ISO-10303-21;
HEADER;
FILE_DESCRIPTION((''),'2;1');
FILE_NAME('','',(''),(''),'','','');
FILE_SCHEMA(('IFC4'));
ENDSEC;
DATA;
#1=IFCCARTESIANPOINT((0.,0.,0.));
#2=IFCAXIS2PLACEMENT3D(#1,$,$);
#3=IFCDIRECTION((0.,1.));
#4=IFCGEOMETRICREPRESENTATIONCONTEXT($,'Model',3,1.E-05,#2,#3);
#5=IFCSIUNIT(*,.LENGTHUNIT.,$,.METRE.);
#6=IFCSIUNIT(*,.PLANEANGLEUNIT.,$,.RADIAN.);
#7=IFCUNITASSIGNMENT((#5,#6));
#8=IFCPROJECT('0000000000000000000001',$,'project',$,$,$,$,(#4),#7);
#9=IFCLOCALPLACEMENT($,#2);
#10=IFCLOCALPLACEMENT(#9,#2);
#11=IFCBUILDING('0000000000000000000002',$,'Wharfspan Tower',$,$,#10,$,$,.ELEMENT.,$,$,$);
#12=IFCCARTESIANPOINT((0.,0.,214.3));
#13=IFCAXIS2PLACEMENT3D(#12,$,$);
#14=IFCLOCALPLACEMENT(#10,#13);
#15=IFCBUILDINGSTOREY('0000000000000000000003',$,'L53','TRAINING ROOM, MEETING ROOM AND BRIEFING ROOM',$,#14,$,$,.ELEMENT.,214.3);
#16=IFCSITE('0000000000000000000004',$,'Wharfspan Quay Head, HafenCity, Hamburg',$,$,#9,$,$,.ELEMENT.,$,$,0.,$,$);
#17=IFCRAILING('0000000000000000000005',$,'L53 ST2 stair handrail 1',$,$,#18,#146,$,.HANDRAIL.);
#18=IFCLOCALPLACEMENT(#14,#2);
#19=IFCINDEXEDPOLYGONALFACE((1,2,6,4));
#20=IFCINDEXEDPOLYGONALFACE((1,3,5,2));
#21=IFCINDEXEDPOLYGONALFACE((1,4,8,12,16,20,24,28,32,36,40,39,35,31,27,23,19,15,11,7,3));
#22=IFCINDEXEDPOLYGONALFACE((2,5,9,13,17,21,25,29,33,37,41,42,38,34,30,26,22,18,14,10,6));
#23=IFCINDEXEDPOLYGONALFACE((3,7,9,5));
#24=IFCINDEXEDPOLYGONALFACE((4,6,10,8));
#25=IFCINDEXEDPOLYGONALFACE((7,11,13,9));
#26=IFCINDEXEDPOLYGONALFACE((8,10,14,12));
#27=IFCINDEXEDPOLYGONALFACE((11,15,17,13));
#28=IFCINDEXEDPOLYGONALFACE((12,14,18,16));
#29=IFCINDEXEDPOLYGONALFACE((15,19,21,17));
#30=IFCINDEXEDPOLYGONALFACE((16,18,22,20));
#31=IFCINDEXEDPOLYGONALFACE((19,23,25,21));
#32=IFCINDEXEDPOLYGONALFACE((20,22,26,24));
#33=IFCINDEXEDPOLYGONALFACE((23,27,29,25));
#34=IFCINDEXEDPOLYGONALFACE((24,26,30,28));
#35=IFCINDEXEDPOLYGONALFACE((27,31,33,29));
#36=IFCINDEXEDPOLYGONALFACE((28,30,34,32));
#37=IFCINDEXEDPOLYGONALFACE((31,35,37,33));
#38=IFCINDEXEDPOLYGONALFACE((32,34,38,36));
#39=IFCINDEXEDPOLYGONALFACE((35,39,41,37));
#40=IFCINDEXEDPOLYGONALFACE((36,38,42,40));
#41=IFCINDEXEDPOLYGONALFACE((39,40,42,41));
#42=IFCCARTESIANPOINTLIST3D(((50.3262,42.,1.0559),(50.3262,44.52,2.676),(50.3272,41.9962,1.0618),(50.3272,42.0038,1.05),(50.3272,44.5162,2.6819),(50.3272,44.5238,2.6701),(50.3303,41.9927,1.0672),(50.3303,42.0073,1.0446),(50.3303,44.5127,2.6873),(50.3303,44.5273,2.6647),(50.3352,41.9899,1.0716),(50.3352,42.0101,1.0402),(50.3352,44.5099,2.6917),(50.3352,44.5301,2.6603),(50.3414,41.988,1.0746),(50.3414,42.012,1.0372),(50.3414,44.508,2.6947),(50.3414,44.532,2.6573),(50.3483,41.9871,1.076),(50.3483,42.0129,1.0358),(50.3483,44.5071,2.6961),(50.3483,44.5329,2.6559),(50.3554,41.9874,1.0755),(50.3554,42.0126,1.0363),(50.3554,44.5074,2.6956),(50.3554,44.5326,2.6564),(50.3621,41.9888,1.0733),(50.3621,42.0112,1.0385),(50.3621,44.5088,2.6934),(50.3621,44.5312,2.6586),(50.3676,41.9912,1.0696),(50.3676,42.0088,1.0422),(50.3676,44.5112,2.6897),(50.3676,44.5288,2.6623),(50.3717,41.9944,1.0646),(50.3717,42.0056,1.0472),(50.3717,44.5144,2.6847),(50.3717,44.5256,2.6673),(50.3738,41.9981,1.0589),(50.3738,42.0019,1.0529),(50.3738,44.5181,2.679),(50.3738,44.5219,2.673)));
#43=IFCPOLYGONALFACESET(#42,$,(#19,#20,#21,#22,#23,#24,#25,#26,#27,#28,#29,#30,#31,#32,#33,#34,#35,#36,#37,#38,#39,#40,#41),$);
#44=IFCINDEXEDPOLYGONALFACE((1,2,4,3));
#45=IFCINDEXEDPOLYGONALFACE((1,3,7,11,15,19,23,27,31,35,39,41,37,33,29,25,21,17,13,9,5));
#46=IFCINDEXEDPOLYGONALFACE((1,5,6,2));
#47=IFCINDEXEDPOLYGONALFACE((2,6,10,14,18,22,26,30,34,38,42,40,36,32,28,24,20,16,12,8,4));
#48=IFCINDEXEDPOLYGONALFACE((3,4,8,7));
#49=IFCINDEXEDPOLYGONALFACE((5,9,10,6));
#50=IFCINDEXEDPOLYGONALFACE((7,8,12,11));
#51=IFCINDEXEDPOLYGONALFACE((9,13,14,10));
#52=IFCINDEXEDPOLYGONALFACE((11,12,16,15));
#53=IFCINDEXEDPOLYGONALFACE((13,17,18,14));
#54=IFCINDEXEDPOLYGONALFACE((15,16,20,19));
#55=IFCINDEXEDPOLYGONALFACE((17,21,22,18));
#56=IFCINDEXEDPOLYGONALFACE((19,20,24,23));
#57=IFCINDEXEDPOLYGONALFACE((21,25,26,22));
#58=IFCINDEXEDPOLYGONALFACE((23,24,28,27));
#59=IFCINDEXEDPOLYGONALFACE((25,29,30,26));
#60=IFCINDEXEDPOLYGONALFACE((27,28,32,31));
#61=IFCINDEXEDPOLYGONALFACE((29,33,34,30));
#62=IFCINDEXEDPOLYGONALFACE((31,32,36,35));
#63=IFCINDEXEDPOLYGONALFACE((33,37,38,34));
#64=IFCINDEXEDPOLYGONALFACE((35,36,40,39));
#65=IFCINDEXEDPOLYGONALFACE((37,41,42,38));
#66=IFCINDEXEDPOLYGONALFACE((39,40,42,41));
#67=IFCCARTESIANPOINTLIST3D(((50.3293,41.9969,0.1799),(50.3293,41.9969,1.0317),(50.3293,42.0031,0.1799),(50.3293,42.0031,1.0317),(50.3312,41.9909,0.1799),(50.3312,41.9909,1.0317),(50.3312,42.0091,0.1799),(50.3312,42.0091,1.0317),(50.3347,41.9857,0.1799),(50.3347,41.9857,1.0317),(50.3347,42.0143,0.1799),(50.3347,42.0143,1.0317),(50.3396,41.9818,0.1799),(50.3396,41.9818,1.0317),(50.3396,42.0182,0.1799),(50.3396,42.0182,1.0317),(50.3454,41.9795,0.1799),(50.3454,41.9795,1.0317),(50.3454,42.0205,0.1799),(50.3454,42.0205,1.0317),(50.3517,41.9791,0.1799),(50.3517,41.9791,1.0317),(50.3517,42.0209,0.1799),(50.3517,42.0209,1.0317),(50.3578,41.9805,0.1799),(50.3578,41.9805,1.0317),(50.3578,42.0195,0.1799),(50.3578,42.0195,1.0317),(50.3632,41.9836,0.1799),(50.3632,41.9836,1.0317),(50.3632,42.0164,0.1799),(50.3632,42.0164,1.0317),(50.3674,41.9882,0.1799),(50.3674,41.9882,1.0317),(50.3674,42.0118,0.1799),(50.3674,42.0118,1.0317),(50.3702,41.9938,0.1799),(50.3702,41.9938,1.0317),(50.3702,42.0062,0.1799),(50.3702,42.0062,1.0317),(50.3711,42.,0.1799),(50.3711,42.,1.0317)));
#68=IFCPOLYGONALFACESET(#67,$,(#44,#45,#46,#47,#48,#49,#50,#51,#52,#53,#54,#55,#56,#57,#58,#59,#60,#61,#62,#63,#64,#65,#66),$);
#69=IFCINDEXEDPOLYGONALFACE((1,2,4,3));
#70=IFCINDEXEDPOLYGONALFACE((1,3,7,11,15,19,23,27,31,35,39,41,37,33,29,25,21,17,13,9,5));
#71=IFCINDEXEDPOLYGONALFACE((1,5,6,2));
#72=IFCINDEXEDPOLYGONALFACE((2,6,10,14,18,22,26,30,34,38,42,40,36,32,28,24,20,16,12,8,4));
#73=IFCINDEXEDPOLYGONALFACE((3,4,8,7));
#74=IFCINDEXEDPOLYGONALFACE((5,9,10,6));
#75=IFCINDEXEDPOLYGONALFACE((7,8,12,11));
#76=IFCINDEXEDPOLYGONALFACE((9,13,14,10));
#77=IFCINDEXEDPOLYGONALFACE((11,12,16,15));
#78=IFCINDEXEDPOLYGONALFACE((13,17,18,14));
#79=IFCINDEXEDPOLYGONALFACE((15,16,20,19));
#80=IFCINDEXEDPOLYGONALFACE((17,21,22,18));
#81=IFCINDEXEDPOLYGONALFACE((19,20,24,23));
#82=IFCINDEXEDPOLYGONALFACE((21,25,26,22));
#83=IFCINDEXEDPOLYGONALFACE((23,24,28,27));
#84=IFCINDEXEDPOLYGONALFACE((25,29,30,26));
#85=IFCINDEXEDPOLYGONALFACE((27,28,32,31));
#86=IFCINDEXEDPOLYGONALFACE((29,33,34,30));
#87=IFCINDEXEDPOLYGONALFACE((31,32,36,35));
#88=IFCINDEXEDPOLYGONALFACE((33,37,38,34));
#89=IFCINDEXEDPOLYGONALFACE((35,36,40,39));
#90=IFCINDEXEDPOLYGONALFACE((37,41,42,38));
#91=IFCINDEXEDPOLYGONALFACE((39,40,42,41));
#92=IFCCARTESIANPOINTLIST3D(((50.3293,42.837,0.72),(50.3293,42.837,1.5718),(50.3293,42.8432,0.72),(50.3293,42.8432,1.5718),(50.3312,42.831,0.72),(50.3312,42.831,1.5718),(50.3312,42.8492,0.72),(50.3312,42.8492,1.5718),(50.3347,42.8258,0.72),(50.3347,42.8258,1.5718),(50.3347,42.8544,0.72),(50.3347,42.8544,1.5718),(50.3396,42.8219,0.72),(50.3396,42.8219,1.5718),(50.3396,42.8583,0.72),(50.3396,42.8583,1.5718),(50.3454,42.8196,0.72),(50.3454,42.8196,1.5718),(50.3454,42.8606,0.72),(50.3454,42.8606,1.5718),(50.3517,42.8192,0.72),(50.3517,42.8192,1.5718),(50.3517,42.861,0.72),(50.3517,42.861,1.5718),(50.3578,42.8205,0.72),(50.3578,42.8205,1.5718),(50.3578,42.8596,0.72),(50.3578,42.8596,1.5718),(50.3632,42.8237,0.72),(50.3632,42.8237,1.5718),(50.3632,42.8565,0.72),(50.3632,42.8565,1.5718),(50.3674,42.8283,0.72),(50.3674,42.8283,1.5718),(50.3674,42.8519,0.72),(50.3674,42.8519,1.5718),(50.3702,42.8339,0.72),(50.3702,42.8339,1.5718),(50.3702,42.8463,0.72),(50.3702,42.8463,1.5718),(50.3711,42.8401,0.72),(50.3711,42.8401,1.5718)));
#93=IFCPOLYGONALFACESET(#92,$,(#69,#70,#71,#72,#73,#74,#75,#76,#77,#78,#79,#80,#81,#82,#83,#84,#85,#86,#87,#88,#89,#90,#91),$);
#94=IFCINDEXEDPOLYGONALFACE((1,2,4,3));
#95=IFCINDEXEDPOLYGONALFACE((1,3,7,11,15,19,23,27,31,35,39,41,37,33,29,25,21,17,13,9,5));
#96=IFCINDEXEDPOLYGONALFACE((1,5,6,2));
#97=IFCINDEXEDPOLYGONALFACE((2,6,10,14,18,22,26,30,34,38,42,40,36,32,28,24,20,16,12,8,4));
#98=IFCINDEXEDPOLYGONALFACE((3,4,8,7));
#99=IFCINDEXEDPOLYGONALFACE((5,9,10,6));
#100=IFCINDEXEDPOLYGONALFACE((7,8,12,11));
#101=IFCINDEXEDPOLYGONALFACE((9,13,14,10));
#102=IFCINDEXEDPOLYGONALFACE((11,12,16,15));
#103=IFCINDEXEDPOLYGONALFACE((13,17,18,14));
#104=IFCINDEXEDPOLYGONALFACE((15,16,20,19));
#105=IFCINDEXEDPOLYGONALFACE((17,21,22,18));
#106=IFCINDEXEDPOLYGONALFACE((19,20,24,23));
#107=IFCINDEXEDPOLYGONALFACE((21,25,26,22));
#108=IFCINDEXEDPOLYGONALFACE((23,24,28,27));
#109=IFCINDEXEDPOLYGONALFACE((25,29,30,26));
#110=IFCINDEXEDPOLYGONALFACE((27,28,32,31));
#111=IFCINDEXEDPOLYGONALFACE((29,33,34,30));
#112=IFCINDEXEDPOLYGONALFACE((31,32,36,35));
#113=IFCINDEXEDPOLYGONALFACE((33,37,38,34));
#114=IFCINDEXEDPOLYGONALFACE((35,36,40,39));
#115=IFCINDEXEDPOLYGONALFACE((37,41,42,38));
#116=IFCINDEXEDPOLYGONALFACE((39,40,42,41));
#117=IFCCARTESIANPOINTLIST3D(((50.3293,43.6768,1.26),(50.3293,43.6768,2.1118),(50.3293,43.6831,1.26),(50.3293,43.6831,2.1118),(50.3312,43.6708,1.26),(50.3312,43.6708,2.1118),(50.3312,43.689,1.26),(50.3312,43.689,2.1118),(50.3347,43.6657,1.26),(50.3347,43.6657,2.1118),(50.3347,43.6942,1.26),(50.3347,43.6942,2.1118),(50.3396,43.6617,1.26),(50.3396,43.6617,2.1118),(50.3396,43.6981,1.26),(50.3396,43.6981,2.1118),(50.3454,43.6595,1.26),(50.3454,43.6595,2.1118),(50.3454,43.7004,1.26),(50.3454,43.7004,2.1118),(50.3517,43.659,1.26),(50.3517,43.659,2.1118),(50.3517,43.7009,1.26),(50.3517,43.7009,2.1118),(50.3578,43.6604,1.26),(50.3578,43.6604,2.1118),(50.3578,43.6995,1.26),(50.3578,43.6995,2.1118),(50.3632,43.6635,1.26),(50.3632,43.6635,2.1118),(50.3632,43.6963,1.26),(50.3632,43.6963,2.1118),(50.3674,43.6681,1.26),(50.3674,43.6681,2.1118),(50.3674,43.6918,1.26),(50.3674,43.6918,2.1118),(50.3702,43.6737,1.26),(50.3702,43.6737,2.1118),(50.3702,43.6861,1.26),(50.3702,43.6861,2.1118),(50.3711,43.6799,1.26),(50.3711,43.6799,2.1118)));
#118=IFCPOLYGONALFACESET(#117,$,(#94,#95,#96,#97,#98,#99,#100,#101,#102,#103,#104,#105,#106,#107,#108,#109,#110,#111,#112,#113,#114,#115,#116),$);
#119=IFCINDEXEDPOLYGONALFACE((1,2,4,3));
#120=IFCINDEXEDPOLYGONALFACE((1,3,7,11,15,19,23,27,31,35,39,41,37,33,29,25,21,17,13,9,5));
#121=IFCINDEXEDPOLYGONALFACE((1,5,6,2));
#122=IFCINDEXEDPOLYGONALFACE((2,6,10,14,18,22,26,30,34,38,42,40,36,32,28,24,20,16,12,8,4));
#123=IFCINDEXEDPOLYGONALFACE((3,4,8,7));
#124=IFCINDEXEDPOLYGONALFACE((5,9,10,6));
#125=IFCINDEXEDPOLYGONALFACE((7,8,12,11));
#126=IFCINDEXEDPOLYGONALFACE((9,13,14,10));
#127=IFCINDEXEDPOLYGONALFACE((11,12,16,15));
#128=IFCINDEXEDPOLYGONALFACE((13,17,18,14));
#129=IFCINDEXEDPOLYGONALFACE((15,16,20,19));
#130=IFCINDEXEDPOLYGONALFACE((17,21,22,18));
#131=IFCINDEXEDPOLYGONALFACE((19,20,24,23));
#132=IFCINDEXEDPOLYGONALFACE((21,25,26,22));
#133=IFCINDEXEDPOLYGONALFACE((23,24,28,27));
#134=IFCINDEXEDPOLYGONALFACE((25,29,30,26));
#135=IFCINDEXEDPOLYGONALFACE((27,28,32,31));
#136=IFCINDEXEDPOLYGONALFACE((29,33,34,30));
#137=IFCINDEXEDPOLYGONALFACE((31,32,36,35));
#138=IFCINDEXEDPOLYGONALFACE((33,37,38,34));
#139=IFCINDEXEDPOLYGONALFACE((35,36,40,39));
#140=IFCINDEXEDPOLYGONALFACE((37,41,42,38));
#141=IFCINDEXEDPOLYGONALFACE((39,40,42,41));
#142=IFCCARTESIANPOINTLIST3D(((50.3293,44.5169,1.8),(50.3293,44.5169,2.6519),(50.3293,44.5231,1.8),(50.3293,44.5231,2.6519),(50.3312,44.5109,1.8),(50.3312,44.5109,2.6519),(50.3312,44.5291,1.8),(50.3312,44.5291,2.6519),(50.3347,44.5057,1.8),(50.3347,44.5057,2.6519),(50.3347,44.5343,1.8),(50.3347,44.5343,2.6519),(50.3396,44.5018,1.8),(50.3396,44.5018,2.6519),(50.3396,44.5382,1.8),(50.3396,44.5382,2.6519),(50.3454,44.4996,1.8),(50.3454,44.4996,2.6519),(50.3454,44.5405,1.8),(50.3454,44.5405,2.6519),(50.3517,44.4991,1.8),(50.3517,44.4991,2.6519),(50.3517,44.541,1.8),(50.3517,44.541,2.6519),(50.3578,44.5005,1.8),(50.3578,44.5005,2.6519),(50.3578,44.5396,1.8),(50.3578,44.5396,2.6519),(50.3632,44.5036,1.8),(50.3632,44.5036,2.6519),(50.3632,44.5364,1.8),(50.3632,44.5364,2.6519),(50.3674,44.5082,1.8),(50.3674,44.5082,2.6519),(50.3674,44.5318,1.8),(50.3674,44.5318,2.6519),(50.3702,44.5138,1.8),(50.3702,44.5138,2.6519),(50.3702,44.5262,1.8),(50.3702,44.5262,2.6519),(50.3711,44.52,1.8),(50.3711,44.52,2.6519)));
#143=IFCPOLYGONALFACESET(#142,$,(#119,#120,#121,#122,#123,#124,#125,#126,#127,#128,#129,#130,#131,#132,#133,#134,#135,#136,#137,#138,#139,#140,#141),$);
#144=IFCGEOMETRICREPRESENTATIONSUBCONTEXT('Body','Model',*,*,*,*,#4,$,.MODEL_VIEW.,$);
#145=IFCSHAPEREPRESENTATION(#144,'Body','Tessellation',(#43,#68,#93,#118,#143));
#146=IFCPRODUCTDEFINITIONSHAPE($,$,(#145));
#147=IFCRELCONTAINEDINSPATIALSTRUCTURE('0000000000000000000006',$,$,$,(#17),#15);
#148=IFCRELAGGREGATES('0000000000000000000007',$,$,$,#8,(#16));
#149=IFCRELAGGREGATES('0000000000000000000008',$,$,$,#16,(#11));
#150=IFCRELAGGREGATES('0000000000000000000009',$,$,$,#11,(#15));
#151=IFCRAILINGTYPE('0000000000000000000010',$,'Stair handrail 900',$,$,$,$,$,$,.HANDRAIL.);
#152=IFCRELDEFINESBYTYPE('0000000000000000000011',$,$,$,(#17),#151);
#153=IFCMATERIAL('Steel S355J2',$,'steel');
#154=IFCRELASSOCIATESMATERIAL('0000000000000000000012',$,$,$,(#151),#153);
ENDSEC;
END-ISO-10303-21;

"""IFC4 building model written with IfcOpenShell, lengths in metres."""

from ifc_helpers import new_model, si_unit, direction, frame, origin, origin_2d, place, context, subcontext, project, spatial, circle, extrude, material, type_object, element, save


model = new_model("IFC4")

# Units and contexts
model_context = context("Model", 3, precision=1e-05, world=origin(), true_north=direction((0.0, 1.0)))
body_context = subcontext(model_context, "Body", "Model", "MODEL_VIEW")
ifc_project = project(units=[si_unit("LENGTHUNIT", "METRE"), si_unit("PLANEANGLEUNIT", "RADIAN")], contexts=[model_context])

# Site, building, storey
site_placement = place(None, origin())
site = spatial("IfcSite", under=ifc_project, at=site_placement, Name="Wharfspan Quay Head, HafenCity, Hamburg", CompositionType="ELEMENT", RefElevation=0.0)
building_placement = place(site_placement, origin())
building = spatial("IfcBuilding", under=site, at=building_placement, Name="Wharfspan Tower", CompositionType="ELEMENT")
storey_placement = place(building_placement, frame((0.0, 0.0, 214.3)))
storey = spatial("IfcBuildingStorey", under=building, at=storey_placement, Name="L53", Description="TRAINING ROOM, MEETING ROOM AND BRIEFING ROOM", CompositionType="ELEMENT", Elevation=214.3)

# Shared definitions
ifc_material_1 = material(Name="Steel S355J2", Category="steel")

# Railing
railing_type_1 = type_object("IfcRailingType", Name="Stair handrail 900", PredefinedType="HANDRAIL", material=ifc_material_1)
railing_1_placement = place(storey_placement, frame((50.3501, 42.0, 0.1799)))
element("IfcRailing", 1, at=railing_1_placement, inside=storey, type_object=railing_type_1, Name="L53 ST2 stair handrail 1", PredefinedType="HANDRAIL", context=body_context, shape_type="SweptSolid", body=[
    extrude(circle(Radius=0.0239, at=origin_2d()), frame((0.0, 0.0, 0.876), z_axis=(0.0, 0.841163, 0.540782), x_axis=(-1.0, 0.0, 0.0)), (0.0, 0.0, 1.0), 2.9958),
    extrude(circle(Radius=0.021, at=origin_2d()), origin(), (0.0, 0.0, 1.0), 0.8518),
    extrude(circle(Radius=0.021, at=origin_2d()), frame((0.0, 0.8401, 0.54)), (0.0, 0.0, 1.0), 0.8518),
    extrude(circle(Radius=0.021, at=origin_2d()), frame((0.0, 1.6799, 1.0801)), (0.0, 0.0, 1.0), 0.8518),
    extrude(circle(Radius=0.021, at=origin_2d()), frame((0.0, 2.52, 1.6201)), (0.0, 0.0, 1.0), 0.8518),
])

save(model, "model.ifc")
